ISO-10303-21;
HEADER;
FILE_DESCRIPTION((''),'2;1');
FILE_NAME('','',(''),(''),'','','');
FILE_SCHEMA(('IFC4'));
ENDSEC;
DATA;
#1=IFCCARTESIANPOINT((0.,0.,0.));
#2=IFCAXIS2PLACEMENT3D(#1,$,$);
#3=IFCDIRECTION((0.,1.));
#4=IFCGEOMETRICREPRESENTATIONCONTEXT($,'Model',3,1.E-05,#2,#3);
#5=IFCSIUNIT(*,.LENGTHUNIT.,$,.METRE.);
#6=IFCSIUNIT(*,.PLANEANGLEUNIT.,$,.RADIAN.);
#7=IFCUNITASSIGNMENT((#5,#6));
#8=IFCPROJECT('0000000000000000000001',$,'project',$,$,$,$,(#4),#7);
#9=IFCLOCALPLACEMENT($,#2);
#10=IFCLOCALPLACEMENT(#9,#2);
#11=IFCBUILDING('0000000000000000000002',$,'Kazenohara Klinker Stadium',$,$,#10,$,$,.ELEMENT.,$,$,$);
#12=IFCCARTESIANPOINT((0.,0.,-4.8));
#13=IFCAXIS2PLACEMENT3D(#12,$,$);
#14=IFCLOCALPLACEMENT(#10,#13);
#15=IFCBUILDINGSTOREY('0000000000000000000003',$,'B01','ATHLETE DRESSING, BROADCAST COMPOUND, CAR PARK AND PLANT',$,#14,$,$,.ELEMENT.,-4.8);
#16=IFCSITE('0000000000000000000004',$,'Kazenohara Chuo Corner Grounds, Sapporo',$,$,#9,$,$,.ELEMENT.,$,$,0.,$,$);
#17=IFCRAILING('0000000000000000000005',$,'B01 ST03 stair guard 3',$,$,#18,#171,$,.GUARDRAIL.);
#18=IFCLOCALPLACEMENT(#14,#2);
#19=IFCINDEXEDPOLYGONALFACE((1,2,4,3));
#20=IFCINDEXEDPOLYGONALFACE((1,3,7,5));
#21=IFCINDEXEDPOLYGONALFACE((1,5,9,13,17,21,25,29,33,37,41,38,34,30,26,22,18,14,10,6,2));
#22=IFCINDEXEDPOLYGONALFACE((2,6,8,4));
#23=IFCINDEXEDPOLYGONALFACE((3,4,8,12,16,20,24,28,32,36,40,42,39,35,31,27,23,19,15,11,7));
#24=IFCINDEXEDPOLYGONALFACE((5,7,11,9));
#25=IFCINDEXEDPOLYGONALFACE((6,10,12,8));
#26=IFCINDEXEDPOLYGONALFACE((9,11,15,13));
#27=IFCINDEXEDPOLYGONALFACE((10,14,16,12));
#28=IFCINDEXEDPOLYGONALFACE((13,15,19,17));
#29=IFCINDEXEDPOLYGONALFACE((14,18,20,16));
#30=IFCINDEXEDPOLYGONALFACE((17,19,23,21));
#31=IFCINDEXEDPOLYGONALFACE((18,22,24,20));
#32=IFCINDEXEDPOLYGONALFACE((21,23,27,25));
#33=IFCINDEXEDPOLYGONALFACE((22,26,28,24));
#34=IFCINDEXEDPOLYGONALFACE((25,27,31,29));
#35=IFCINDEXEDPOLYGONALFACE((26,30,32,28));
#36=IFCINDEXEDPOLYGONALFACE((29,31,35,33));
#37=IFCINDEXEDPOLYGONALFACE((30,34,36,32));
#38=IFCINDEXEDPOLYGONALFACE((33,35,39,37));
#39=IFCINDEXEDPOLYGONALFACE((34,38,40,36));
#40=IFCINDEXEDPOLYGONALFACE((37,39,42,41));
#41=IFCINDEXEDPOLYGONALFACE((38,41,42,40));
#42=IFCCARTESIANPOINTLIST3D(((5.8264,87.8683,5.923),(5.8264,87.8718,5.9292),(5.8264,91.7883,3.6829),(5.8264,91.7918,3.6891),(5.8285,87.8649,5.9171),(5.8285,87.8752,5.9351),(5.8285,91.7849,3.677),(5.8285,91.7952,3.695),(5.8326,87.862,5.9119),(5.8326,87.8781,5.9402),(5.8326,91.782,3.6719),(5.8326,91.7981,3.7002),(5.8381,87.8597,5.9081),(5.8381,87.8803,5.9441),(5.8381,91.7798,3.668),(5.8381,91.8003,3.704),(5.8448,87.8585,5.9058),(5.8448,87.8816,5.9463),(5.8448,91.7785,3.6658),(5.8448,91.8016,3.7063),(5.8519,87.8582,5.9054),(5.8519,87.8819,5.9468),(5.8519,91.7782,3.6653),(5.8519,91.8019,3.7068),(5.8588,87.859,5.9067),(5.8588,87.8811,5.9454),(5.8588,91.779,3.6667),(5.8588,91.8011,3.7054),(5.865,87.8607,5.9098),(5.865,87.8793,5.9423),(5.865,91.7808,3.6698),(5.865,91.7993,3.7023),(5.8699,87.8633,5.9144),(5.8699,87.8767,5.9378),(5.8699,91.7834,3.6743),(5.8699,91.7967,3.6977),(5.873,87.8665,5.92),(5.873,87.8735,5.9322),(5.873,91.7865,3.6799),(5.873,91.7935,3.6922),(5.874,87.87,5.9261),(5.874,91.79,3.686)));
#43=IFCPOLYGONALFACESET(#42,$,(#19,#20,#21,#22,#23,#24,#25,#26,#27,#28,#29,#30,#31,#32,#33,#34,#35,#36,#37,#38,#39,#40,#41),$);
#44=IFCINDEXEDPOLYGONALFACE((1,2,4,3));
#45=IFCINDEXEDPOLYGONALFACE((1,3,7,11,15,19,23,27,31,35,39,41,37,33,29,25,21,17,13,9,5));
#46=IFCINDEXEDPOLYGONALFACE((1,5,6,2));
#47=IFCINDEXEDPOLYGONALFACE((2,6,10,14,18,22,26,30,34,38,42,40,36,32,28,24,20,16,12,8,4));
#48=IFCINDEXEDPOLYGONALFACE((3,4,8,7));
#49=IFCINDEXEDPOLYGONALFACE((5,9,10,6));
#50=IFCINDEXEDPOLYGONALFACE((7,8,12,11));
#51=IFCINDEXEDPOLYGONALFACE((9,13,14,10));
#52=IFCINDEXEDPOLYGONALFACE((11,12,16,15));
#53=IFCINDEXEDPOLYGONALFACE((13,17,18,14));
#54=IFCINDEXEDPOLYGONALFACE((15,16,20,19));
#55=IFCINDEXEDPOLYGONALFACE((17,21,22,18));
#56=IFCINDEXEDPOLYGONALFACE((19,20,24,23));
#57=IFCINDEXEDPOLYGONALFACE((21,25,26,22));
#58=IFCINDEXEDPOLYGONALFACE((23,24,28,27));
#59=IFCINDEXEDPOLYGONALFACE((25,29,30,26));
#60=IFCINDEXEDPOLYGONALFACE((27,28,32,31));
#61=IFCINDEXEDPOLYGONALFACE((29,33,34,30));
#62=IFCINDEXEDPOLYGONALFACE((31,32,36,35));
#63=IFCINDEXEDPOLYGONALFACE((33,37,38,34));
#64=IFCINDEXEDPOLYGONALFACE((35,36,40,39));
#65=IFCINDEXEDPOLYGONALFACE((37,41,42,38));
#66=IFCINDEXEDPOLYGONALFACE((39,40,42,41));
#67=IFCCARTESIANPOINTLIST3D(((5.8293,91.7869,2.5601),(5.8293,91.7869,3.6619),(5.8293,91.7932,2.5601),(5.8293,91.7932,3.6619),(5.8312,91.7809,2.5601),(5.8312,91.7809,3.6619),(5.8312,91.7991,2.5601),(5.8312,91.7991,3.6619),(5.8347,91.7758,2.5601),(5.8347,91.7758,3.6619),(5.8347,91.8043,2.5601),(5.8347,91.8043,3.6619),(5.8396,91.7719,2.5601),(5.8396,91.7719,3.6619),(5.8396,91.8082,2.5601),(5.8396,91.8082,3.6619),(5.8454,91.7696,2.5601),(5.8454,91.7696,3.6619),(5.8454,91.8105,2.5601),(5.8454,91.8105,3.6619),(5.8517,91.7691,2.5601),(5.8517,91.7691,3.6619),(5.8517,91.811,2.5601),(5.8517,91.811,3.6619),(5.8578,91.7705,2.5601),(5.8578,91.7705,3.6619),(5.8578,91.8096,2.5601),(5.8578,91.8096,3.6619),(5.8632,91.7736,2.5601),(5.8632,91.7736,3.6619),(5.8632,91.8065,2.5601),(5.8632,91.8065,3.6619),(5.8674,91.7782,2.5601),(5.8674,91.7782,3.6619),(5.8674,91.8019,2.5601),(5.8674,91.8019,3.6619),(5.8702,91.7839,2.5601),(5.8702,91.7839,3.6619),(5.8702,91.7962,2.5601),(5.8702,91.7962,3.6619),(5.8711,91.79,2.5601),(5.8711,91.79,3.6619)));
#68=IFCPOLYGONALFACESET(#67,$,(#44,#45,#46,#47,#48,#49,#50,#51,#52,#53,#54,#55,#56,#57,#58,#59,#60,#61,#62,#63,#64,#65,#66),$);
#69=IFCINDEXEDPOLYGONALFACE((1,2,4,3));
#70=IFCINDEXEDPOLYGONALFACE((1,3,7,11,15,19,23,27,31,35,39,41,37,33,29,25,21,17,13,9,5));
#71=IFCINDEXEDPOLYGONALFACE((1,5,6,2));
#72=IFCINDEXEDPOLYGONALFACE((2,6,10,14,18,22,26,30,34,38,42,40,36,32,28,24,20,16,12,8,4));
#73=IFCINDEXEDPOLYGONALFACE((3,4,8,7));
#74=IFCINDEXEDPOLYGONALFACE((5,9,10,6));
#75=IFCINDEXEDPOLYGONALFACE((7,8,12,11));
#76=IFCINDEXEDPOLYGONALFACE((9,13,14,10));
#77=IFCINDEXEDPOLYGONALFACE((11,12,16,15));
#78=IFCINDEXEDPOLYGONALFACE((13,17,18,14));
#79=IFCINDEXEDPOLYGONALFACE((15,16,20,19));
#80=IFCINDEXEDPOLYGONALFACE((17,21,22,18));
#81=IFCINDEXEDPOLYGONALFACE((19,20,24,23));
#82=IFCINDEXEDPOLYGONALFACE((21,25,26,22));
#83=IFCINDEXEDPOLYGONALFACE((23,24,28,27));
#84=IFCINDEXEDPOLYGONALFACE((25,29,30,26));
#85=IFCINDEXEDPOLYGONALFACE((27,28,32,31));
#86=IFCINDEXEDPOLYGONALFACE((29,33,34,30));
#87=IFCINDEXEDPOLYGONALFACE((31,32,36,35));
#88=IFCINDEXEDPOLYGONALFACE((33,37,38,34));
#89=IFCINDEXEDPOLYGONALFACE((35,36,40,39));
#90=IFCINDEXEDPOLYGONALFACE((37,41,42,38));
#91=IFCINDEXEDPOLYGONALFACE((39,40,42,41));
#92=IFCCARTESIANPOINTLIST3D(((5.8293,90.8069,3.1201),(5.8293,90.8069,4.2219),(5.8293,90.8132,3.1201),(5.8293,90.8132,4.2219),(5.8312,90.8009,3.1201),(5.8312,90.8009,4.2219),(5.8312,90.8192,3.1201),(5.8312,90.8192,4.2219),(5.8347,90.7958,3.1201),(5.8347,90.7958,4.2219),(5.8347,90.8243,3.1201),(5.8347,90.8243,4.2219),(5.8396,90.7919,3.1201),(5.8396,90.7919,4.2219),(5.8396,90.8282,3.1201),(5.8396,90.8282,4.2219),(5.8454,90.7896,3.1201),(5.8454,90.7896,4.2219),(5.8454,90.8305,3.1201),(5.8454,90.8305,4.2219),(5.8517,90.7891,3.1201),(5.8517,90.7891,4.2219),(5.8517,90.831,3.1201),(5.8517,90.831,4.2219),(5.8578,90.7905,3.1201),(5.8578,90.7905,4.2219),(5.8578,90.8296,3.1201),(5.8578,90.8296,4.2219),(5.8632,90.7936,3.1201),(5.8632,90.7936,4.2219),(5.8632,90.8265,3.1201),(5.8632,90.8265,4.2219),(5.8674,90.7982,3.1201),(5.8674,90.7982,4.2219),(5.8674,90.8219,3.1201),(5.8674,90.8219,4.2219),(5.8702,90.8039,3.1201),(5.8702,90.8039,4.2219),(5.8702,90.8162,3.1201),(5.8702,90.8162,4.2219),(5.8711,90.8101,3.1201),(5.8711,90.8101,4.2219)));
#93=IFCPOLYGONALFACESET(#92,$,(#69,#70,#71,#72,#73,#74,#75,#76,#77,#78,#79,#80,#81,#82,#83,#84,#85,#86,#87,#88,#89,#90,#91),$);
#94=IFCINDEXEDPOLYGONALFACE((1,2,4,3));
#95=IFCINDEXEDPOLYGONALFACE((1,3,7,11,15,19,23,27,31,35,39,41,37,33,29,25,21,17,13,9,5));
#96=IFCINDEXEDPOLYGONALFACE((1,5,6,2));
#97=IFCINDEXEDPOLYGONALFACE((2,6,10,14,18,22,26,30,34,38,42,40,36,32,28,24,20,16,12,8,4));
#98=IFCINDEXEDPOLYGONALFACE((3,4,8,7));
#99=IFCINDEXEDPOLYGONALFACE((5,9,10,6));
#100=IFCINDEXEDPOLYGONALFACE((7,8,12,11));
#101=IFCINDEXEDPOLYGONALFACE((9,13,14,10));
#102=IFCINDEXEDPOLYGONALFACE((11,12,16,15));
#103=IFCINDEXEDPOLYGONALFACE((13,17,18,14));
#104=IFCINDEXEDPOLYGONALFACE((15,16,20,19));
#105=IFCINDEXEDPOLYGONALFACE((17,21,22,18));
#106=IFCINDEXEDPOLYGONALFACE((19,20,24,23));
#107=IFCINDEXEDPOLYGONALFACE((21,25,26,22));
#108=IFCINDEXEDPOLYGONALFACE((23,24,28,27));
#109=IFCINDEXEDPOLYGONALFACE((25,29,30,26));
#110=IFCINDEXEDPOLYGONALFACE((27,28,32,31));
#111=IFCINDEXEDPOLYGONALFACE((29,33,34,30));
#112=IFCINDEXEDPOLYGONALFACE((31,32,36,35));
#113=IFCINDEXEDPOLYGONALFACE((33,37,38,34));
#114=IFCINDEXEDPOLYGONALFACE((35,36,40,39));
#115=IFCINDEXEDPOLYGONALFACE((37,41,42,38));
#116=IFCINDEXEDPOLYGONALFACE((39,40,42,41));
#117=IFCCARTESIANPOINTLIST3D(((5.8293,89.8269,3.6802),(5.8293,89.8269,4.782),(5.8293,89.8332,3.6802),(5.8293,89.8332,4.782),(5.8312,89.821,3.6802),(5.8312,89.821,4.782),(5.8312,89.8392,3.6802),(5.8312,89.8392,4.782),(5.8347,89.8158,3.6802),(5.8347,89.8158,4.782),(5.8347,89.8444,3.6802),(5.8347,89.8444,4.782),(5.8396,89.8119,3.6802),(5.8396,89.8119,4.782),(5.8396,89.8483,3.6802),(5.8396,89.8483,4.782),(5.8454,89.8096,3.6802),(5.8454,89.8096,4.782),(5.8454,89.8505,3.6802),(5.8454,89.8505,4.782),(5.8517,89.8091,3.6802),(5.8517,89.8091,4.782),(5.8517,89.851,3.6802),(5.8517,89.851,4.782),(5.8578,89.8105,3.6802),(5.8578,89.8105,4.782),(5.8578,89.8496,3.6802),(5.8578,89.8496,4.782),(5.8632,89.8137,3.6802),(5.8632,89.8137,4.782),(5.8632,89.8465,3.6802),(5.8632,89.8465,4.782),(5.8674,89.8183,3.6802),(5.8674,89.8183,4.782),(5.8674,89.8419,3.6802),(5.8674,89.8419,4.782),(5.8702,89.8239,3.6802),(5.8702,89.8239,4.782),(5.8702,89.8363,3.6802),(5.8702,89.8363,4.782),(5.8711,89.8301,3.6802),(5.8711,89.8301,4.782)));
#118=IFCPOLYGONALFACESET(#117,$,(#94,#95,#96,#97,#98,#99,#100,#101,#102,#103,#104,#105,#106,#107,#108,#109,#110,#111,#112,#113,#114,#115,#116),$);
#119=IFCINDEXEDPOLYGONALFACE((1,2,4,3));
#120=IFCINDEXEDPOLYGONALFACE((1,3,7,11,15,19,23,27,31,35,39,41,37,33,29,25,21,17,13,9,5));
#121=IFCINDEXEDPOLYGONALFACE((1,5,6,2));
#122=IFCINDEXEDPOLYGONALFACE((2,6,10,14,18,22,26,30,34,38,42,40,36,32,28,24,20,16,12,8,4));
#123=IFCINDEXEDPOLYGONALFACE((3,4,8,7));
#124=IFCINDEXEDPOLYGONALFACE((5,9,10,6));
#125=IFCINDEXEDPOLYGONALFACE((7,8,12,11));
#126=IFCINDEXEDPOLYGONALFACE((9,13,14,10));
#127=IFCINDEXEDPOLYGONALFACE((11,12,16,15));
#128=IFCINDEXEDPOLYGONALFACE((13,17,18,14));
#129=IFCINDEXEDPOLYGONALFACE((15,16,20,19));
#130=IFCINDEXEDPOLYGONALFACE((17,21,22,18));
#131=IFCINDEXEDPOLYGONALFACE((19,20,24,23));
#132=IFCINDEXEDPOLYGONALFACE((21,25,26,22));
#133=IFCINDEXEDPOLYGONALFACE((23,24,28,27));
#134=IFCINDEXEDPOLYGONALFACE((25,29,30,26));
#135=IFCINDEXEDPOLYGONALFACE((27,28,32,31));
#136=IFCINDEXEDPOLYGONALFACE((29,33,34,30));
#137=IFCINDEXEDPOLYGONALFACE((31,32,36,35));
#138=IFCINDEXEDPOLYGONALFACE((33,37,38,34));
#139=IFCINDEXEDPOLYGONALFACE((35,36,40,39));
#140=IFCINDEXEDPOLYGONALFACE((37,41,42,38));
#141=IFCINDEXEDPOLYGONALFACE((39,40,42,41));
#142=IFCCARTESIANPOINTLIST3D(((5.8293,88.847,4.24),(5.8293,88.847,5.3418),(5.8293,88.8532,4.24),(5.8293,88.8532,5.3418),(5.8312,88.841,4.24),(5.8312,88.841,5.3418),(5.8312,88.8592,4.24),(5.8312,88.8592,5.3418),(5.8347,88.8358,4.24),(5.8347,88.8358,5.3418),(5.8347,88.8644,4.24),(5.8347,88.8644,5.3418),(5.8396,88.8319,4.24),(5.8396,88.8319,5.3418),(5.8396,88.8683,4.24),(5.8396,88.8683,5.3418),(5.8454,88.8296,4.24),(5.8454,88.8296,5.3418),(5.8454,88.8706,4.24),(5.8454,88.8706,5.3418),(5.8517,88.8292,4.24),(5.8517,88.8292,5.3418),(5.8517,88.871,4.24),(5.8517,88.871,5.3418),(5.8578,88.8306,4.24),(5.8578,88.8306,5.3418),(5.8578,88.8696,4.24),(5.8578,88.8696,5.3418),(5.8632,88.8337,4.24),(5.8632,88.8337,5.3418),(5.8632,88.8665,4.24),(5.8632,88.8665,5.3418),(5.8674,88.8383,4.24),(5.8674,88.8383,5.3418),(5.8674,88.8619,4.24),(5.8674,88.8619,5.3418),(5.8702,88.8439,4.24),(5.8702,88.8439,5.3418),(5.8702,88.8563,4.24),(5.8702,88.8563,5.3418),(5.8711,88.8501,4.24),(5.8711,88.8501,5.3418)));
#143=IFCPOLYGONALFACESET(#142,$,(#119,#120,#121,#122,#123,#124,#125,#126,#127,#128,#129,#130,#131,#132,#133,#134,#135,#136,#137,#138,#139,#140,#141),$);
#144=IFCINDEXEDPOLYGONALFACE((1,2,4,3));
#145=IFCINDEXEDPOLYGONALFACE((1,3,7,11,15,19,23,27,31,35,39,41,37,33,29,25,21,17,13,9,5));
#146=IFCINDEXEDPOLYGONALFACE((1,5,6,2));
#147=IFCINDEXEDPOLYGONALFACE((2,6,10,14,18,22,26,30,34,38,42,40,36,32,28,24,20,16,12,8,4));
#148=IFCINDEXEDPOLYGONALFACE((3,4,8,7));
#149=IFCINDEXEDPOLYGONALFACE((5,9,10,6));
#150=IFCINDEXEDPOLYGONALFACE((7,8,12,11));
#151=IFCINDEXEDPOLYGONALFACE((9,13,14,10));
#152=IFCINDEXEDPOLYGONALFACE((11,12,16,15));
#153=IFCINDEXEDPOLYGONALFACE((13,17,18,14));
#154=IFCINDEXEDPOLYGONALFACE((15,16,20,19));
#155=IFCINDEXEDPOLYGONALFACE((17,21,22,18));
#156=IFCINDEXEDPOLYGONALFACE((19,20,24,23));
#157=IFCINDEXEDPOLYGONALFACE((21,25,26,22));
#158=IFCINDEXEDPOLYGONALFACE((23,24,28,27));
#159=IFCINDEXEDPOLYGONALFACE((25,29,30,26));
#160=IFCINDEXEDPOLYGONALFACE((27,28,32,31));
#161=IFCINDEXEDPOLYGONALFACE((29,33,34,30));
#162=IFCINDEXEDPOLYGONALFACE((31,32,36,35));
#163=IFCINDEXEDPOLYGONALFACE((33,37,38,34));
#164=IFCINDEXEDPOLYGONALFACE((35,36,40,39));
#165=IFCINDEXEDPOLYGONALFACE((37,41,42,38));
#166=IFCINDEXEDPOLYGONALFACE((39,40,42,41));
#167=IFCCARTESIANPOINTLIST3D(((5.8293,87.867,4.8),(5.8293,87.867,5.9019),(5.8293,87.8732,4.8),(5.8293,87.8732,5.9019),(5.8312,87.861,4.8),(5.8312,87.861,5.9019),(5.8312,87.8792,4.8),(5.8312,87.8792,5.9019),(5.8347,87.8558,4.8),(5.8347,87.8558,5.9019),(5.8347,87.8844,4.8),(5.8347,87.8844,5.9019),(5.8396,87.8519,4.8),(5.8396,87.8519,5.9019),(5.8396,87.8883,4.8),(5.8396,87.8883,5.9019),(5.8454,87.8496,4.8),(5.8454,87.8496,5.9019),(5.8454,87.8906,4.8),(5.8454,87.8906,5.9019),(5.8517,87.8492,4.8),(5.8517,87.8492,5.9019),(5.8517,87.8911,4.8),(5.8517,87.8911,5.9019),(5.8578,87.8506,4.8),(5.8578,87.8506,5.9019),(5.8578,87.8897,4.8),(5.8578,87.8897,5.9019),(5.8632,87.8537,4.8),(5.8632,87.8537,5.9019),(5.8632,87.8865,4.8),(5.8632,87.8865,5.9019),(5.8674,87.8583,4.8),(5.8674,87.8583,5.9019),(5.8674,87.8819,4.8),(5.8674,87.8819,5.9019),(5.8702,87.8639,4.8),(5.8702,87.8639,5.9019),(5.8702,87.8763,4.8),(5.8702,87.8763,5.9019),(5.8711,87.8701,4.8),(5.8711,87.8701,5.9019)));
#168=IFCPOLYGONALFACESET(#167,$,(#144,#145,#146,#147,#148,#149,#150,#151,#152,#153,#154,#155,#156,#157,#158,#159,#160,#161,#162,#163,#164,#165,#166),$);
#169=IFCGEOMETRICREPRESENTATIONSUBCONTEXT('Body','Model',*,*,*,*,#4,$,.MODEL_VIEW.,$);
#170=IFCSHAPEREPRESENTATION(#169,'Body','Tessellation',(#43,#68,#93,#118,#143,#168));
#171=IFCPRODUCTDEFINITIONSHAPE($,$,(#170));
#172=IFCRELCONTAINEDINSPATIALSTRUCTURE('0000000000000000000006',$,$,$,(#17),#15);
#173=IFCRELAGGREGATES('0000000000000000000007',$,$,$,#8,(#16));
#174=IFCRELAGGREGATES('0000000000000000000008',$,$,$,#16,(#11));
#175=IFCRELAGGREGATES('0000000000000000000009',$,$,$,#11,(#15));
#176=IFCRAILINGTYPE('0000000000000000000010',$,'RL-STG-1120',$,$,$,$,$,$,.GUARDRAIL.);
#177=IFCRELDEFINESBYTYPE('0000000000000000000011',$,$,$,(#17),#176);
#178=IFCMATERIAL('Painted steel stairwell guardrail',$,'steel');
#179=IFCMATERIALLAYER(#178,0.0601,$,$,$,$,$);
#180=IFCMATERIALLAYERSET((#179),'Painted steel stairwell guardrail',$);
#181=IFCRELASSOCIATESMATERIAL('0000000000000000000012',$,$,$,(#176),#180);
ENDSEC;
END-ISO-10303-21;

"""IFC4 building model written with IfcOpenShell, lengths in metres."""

from ifc_helpers import new_model, si_unit, direction, frame, origin, origin_2d, place, context, subcontext, project, spatial, circle, extrude, material, layer, layer_set, type_object, element, save


model = new_model("IFC4")

# Units and contexts
model_context = context("Model", 3, precision=1e-05, world=origin(), true_north=direction((0.0, 1.0)))
body_context = subcontext(model_context, "Body", "Model", "MODEL_VIEW")
ifc_project = project(units=[si_unit("LENGTHUNIT", "METRE"), si_unit("PLANEANGLEUNIT", "RADIAN")], contexts=[model_context])

# Site, building, storey
site_placement = place(None, origin())
site = spatial("IfcSite", under=ifc_project, at=site_placement, Name="Kazenohara Chuo Corner Grounds, Sapporo", CompositionType="ELEMENT", RefElevation=0.0)
building_placement = place(site_placement, origin())
building = spatial("IfcBuilding", under=site, at=building_placement, Name="Kazenohara Klinker Stadium", CompositionType="ELEMENT")
storey_placement = place(building_placement, frame((0.0, 0.0, -4.8)))
storey = spatial("IfcBuildingStorey", under=building, at=storey_placement, Name="B01", Description="ATHLETE DRESSING, BROADCAST COMPOUND, CAR PARK AND PLANT", CompositionType="ELEMENT", Elevation=-4.8)

# Railing
ifc_material_1 = material(Name="Painted steel stairwell guardrail", Category="steel")
ifc_layer_1 = layer(ifc_material_1, 0.0601)
ifc_layer_set_1 = layer_set([ifc_layer_1], Name="Painted steel stairwell guardrail")
railing_type_1 = type_object("IfcRailingType", Name="RL-STG-1120", PredefinedType="GUARDRAIL", material=ifc_layer_set_1)
railing_1_placement = place(storey_placement, frame((5.8501, 91.79, 2.5601)))
element("IfcRailing", 1, at=railing_1_placement, inside=storey, type_object=railing_type_1, Name="B01 ST03 stair guard 3", PredefinedType="GUARDRAIL", context=body_context, shape_type="SweptSolid", body=[
    extrude(circle(Radius=0.0239, at=origin_2d()), frame((0.0, 0.0, 1.126), z_axis=(0.0, -0.86824, 0.496145), x_axis=(1.0, 0.0, 0.0)), (0.0, 0.0, 1.0), 4.5149),
    extrude(circle(Radius=0.021, at=origin_2d()), origin(), (0.0, 0.0, 1.0), 1.1018),
    extrude(circle(Radius=0.021, at=origin_2d()), frame((0.0, -0.98, 0.5601)), (0.0, 0.0, 1.0), 1.1018),
    extrude(circle(Radius=0.021, at=origin_2d()), frame((0.0, -1.96, 1.1201)), (0.0, 0.0, 1.0), 1.1018),
    extrude(circle(Radius=0.021, at=origin_2d()), frame((0.0, -2.9399, 1.6799)), (0.0, 0.0, 1.0), 1.1018),
    extrude(circle(Radius=0.021, at=origin_2d()), frame((0.0, -3.9199, 2.24)), (0.0, 0.0, 1.0), 1.1018),
])

save(model, "model.ifc")
